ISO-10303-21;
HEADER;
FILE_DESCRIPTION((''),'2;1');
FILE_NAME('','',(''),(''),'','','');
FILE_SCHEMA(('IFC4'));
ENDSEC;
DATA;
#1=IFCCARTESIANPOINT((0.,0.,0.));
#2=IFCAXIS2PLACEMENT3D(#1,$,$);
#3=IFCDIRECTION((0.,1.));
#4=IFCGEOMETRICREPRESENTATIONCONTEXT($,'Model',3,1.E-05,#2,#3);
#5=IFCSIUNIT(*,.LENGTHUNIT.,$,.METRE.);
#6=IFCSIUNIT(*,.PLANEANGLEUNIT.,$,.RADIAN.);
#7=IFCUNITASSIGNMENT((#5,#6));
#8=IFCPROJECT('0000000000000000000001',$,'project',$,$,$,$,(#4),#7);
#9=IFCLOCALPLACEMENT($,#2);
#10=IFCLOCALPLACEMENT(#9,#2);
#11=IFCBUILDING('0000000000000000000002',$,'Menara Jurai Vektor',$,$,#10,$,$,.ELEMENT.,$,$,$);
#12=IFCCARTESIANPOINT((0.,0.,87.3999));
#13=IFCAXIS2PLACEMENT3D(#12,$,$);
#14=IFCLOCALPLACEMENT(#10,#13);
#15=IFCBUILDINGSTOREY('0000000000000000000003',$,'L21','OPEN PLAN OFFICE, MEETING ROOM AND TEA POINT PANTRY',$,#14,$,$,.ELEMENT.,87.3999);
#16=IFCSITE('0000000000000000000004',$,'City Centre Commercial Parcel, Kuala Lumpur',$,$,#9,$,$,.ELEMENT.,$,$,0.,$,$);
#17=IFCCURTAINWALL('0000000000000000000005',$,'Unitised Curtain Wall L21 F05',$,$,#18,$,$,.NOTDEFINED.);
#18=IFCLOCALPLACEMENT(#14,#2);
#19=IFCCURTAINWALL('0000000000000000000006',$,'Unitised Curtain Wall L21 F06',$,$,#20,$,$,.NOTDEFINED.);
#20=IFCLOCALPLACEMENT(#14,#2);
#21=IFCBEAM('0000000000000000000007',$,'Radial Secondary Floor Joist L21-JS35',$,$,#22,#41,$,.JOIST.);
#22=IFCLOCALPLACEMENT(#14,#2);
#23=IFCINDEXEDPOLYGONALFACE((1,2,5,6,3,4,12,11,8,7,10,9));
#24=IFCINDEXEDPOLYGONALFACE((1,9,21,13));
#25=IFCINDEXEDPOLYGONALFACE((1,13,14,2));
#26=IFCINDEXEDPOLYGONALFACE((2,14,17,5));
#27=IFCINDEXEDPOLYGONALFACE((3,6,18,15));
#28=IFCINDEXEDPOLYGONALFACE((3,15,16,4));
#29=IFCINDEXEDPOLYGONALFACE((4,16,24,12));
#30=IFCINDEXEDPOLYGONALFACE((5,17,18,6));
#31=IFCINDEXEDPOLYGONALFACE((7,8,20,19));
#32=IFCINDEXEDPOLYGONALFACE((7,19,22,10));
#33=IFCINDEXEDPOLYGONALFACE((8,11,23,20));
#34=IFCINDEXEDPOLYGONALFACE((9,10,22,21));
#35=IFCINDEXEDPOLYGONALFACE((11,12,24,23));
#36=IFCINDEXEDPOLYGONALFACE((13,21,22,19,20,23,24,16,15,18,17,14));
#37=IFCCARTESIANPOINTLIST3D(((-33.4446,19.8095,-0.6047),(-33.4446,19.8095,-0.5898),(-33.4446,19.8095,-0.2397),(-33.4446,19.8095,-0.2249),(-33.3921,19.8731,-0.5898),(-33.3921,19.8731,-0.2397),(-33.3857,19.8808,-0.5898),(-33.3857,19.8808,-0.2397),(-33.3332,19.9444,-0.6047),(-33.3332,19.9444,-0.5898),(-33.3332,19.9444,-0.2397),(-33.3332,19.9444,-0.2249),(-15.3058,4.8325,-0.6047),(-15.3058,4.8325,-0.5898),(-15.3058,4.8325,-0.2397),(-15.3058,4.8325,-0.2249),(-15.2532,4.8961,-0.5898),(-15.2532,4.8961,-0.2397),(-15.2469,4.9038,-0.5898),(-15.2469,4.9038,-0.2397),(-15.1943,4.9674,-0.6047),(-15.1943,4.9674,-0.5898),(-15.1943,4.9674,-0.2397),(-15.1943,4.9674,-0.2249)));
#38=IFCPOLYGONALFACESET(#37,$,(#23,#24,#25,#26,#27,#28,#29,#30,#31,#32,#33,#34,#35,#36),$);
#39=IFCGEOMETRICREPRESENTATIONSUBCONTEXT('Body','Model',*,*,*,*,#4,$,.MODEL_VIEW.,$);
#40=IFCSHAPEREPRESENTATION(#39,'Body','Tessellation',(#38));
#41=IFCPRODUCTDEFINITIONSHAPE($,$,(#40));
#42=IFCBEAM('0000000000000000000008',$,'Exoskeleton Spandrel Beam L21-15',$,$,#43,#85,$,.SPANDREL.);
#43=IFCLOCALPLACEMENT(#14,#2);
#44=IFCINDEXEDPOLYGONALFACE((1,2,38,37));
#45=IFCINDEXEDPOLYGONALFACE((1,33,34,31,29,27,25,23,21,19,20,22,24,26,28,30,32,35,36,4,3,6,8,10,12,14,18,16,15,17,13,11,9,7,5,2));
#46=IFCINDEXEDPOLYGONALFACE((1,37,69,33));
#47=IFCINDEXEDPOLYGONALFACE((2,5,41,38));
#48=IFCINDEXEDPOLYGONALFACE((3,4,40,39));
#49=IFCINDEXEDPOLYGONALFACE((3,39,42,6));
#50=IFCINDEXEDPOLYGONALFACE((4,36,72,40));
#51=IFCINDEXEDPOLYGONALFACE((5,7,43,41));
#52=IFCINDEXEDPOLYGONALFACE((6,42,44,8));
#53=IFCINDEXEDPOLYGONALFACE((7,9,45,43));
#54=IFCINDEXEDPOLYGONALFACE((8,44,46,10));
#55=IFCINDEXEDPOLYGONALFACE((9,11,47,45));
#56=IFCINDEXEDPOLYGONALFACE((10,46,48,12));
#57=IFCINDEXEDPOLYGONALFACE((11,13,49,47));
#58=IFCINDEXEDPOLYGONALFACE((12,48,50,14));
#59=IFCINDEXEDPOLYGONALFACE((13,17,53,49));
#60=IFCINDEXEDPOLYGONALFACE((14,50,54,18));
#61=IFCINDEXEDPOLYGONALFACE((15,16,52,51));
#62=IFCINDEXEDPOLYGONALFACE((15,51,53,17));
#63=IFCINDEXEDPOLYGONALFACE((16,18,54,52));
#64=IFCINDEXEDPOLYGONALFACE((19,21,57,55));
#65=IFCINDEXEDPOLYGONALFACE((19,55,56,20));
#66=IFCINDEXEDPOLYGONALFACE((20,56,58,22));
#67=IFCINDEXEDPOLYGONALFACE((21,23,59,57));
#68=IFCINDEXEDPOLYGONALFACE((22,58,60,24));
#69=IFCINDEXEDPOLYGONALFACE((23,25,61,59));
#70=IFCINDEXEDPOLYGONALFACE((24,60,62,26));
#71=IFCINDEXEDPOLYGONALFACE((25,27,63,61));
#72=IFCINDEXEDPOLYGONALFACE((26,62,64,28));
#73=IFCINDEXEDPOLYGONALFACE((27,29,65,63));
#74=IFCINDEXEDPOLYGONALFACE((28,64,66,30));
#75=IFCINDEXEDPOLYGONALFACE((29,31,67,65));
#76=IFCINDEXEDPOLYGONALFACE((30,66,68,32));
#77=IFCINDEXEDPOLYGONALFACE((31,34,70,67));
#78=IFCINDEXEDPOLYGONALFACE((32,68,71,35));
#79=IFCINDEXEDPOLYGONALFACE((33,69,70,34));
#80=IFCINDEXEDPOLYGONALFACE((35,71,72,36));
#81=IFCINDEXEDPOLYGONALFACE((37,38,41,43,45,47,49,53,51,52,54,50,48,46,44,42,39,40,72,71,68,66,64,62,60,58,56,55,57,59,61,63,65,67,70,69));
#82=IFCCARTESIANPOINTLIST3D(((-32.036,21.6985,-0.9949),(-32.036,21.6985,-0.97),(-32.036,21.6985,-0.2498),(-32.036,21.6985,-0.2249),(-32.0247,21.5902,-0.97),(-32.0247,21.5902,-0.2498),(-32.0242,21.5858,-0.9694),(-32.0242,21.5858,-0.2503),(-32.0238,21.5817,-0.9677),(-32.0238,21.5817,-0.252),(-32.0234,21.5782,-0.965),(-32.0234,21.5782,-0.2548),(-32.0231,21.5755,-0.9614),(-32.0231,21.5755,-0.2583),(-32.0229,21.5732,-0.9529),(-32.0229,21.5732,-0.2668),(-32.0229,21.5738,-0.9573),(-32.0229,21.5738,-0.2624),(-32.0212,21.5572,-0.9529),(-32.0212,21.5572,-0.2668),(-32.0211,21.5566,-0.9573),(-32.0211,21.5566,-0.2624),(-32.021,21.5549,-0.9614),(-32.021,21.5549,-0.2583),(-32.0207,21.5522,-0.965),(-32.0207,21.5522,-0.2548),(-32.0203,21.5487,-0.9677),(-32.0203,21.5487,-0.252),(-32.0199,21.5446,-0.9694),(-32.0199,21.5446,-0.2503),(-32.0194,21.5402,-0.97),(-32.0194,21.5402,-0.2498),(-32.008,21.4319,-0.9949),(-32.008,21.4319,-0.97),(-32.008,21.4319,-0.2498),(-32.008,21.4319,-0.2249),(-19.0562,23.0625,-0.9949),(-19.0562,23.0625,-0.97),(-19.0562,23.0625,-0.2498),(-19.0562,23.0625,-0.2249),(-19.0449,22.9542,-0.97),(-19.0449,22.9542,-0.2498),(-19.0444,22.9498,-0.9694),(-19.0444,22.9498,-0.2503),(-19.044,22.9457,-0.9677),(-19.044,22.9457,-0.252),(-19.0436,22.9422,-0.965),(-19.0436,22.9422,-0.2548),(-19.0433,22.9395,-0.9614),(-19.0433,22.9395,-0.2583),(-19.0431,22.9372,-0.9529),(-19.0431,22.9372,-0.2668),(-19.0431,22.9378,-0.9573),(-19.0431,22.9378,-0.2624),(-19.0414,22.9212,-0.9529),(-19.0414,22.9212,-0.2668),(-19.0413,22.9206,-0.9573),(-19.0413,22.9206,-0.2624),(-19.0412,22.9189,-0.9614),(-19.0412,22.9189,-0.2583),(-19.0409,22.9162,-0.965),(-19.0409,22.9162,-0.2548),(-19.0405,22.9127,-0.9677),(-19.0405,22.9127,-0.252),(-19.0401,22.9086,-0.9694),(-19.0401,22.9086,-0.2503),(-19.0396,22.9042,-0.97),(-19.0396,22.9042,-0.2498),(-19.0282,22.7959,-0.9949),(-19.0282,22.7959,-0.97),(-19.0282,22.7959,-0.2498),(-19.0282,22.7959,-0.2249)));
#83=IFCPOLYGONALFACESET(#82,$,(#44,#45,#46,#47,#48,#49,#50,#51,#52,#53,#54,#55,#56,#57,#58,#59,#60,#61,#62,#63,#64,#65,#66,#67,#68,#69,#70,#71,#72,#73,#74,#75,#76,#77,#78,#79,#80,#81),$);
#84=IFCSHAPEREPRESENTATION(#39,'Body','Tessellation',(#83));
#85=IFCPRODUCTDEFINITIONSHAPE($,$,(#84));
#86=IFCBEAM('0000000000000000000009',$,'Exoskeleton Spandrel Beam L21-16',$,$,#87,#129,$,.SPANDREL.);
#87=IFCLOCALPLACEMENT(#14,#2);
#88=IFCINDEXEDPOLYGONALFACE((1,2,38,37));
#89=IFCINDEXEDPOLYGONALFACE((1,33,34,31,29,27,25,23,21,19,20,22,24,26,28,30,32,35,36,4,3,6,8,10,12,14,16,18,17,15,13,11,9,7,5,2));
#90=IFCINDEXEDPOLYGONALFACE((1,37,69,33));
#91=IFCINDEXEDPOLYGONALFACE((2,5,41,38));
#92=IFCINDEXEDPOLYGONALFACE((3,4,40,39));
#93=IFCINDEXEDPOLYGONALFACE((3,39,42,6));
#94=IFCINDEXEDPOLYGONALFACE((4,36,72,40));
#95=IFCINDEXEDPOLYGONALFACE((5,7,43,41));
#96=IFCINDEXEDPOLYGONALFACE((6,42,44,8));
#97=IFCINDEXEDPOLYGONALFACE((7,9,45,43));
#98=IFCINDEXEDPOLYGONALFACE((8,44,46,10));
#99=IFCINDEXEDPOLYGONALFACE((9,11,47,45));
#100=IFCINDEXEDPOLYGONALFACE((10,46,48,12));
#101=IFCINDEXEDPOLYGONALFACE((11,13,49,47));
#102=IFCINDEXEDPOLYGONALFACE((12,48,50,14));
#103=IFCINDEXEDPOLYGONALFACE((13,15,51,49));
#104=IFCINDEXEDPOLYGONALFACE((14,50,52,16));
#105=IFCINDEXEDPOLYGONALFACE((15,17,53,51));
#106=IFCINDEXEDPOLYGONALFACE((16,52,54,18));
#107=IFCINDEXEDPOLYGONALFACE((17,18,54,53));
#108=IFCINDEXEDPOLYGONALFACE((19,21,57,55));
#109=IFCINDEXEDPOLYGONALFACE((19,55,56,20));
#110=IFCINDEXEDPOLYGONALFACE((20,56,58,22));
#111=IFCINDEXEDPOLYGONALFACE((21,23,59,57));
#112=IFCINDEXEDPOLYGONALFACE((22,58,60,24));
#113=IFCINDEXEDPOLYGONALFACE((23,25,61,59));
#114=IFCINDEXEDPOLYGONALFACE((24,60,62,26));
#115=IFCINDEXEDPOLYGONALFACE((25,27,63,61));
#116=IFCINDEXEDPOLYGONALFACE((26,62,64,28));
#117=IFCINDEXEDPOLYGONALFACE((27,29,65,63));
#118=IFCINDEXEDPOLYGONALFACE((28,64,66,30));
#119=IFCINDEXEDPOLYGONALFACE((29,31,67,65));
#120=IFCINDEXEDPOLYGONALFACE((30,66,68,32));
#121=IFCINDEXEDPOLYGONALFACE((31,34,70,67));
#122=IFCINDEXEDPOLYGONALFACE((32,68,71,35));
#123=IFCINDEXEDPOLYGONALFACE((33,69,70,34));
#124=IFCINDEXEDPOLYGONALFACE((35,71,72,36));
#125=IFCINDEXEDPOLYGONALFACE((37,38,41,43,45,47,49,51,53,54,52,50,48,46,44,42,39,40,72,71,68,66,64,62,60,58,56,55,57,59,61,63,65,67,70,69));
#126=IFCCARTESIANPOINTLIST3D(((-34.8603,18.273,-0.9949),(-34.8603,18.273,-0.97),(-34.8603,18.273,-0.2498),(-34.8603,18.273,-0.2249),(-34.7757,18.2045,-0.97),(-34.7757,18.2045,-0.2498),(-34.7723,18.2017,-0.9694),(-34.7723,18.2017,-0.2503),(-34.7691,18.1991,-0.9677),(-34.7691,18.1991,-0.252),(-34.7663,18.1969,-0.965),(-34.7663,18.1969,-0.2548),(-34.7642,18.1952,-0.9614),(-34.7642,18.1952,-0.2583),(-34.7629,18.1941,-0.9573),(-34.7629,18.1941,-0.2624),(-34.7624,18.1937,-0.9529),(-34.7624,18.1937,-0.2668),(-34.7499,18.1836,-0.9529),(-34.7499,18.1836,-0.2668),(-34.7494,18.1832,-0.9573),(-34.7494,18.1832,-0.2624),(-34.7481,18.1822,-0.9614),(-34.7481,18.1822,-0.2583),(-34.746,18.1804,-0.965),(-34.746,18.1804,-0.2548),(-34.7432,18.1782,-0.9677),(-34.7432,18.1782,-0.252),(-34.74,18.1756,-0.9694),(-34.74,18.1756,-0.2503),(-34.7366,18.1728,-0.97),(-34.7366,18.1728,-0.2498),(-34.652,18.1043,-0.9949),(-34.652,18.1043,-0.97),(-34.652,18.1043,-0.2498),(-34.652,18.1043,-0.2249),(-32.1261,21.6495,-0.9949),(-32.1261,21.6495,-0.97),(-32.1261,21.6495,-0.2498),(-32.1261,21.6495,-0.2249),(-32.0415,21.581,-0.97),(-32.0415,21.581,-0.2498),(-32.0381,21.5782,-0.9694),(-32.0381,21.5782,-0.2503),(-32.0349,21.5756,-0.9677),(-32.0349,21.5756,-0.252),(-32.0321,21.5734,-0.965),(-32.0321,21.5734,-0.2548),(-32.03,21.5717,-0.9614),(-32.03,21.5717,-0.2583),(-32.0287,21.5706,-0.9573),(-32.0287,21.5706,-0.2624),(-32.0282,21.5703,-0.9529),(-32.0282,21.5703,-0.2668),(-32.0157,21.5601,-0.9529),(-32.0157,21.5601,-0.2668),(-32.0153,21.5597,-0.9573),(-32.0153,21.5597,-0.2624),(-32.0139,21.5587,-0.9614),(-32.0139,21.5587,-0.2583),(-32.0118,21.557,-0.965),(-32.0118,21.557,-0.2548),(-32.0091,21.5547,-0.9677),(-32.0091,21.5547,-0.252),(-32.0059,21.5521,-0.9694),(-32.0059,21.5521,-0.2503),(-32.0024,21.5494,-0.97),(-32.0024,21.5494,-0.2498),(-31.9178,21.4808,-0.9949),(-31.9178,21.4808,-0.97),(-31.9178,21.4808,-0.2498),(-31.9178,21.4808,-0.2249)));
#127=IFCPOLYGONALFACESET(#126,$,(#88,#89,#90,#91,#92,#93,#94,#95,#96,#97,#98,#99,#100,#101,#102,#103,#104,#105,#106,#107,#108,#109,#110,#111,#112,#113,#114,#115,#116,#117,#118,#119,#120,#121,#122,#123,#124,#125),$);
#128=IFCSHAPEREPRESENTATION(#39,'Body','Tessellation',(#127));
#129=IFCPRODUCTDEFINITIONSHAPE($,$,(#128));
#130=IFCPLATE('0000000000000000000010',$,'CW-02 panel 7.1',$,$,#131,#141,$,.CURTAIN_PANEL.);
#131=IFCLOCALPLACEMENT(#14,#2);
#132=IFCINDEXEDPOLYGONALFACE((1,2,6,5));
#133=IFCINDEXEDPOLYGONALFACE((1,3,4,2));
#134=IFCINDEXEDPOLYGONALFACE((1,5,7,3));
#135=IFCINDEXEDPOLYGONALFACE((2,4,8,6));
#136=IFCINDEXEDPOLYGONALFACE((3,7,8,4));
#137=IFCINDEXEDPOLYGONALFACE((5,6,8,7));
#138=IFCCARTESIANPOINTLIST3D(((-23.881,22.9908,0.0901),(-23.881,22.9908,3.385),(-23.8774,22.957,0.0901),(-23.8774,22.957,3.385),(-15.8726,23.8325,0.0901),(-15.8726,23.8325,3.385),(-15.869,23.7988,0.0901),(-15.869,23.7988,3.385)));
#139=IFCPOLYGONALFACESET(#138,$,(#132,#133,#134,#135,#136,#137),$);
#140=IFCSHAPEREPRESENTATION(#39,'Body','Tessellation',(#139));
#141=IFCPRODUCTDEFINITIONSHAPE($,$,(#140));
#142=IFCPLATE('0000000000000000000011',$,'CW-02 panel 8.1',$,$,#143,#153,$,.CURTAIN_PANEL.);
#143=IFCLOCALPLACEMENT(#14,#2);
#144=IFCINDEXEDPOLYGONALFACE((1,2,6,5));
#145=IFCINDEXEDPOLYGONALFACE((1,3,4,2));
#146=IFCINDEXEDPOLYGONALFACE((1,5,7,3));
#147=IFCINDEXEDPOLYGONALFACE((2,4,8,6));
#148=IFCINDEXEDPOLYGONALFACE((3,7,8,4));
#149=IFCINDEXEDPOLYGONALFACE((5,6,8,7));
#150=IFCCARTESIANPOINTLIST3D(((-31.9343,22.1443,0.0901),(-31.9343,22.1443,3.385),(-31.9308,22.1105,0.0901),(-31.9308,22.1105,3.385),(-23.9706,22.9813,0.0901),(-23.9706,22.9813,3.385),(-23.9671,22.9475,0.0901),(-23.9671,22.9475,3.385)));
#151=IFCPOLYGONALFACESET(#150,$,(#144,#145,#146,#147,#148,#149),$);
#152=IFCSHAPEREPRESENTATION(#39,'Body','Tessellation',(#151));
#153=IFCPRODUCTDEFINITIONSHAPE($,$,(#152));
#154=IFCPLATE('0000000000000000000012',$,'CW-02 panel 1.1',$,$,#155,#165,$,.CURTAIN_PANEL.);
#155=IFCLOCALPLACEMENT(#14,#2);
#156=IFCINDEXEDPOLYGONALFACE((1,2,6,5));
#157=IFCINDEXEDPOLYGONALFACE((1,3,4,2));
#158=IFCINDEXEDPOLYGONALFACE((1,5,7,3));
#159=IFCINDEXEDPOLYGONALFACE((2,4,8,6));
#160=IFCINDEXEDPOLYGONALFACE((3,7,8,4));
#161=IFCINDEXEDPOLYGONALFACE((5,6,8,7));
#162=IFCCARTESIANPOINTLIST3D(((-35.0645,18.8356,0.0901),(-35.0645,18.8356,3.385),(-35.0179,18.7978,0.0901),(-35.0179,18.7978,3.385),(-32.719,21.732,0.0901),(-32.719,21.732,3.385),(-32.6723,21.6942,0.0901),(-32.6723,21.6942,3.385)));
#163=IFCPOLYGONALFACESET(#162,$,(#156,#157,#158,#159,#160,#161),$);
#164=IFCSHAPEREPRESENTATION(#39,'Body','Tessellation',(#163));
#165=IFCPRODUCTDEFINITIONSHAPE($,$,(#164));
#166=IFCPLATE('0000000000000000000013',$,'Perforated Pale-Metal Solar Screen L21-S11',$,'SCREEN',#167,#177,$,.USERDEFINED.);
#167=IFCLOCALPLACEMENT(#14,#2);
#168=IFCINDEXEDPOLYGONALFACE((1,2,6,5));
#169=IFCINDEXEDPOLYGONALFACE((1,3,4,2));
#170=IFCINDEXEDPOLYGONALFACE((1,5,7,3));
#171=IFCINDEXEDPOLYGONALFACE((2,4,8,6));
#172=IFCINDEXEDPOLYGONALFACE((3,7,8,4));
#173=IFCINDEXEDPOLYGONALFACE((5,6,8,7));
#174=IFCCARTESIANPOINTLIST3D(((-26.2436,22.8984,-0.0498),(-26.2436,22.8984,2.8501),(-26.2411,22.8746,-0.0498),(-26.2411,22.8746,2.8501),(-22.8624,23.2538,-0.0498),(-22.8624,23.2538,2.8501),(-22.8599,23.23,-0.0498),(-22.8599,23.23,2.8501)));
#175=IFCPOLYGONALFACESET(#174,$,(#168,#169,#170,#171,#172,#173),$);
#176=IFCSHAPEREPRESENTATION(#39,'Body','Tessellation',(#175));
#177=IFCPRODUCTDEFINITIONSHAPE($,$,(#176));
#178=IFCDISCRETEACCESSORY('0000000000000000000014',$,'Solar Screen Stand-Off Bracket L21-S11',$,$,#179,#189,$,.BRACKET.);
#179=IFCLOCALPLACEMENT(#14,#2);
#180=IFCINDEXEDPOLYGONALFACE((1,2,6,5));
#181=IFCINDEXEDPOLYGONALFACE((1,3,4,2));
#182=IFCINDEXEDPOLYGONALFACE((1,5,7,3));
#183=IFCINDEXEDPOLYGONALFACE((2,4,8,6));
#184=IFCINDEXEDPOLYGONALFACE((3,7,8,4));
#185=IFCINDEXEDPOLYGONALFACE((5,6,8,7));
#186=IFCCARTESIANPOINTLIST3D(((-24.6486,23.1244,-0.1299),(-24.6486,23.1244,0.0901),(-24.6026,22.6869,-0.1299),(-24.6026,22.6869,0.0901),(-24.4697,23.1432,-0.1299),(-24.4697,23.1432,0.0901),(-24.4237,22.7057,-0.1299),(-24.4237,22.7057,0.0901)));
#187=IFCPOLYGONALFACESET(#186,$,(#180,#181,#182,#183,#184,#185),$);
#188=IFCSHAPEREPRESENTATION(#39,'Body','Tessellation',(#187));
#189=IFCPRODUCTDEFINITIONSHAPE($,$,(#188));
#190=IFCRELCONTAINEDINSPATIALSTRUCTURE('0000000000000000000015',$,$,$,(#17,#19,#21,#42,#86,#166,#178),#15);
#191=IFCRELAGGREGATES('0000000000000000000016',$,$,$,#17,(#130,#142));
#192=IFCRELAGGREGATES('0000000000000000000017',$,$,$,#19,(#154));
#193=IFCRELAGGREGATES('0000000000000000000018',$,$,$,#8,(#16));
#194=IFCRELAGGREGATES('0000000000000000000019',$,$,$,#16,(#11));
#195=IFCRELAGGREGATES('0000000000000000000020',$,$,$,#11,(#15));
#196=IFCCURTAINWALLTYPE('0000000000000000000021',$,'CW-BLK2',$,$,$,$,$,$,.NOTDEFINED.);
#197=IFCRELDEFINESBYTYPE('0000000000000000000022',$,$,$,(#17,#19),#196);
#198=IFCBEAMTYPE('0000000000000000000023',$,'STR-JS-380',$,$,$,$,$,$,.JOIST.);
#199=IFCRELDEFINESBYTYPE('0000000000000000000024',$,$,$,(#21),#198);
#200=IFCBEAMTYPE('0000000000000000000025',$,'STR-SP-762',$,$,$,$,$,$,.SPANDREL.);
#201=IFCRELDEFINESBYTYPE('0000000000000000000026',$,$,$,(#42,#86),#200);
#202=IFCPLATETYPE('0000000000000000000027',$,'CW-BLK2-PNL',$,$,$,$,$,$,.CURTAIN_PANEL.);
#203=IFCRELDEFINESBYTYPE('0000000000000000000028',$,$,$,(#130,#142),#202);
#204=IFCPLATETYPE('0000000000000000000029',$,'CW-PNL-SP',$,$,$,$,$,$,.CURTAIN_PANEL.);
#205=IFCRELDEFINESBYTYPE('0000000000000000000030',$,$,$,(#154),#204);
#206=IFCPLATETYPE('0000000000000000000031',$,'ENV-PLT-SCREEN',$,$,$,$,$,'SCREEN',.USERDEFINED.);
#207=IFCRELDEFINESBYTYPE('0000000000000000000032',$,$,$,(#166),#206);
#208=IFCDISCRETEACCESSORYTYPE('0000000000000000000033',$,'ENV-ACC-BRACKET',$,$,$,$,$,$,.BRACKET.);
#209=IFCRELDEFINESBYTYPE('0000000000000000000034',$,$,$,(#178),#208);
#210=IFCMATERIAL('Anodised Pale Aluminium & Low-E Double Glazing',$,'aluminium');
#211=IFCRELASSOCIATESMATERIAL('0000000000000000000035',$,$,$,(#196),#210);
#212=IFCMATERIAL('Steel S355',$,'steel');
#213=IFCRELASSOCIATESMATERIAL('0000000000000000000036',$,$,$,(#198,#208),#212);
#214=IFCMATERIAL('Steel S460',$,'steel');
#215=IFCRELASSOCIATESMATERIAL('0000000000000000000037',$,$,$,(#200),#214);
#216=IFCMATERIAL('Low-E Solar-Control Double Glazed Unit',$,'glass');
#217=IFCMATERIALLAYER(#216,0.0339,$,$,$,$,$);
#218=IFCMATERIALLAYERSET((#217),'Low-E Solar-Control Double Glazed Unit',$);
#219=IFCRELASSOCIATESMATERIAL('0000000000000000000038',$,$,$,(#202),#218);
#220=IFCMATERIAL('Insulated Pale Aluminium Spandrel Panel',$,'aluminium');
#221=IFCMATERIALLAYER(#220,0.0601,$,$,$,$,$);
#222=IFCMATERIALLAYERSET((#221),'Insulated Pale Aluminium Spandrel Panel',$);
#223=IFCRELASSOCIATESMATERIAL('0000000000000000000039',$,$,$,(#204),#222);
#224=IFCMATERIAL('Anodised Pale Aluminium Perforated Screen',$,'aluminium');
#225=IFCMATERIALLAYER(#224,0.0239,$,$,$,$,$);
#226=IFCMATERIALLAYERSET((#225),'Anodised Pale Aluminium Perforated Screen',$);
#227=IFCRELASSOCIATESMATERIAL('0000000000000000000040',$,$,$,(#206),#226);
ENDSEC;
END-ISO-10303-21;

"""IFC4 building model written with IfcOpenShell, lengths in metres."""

from ifc_helpers import new_model, si_unit, direction, frame, origin, origin_2d, place, context, subcontext, project, spatial, rectangle, i_section, extrude, material, layer, layer_set, material_profile, profile_set, type_object, element, aggregate, save


model = new_model("IFC4")

# Units and contexts
model_context = context("Model", 3, precision=1e-05, world=origin(), true_north=direction((0.0, 1.0)))
body_context = subcontext(model_context, "Body", "Model", "MODEL_VIEW")
ifc_project = project(units=[si_unit("LENGTHUNIT", "METRE"), si_unit("PLANEANGLEUNIT", "RADIAN")], contexts=[model_context])

# Site, building, storey
site_placement = place(None, origin())
site = spatial("IfcSite", under=ifc_project, at=site_placement, Name="City Centre Commercial Parcel, Kuala Lumpur", CompositionType="ELEMENT", RefElevation=0.0)
building_placement = place(site_placement, origin())
building = spatial("IfcBuilding", under=site, at=building_placement, Name="Menara Jurai Vektor", CompositionType="ELEMENT")
storey_placement = place(building_placement, frame((0.0, 0.0, 87.3999)))
storey = spatial("IfcBuildingStorey", under=building, at=storey_placement, Name="L21", Description="OPEN PLAN OFFICE, MEETING ROOM AND TEA POINT PANTRY", CompositionType="ELEMENT", Elevation=87.3999)

# Shared definitions
ifc_material_1 = material(Name="Steel S460", Category="steel")

# Curtain walls
ifc_material_2 = material(Name="Anodised Pale Aluminium & Low-E Double Glazing", Category="aluminium")
curtain_wall_type = type_object("IfcCurtainWallType", Name="CW-BLK2", PredefinedType="NOTDEFINED", material=ifc_material_2)
curtain_wall_1_placement = place(storey_placement, origin())
curtain_wall_1 = element("IfcCurtainWall", 1, at=curtain_wall_1_placement, inside=storey, type_object=curtain_wall_type, Name="Unitised Curtain Wall L21 F05", PredefinedType="NOTDEFINED")
curtain_wall_2_placement = place(storey_placement, origin())
curtain_wall_2 = element("IfcCurtainWall", 2, at=curtain_wall_2_placement, inside=storey, type_object=curtain_wall_type, Name="Unitised Curtain Wall L21 F06", PredefinedType="NOTDEFINED")

# Shared definitions
ifc_material_3 = material(Name="Steel S355", Category="steel")

# Beams
ifc_material_profile_1 = material_profile(ifc_material_3, i_section(OverallWidth=0.175, OverallDepth=0.3799, WebThickness=0.01, FlangeThickness=0.0149, at=origin_2d()), Name="PG 380x175x58")
ifc_profile_set_1 = profile_set([ifc_material_profile_1], Name="Steel S355")
beam_type_1 = type_object("IfcBeamType", Name="STR-JS-380", PredefinedType="JOIST", material=ifc_profile_set_1)
beam_1_placement = place(storey_placement, frame((-33.3889, 19.877, -0.4148), z_axis=(0.771114, -0.636698, 0.0), x_axis=(0.636698, 0.771114, 0.0)))
element("IfcBeam", 3, at=beam_1_placement, inside=storey, type_object=beam_type_1, Name="Radial Secondary Floor Joist L21-JS35", PredefinedType="JOIST", context=body_context, shape_type="SweptSolid", body=[
    extrude(i_section(OverallWidth=0.175, OverallDepth=0.3799, WebThickness=0.01, FlangeThickness=0.0149, at=origin_2d()), origin(), (0.0, 0.0, 1.0), 23.5229),
])
ifc_material_profile_2 = material_profile(ifc_material_1, i_section(OverallWidth=0.2681, OverallDepth=0.77, WebThickness=0.0161, FlangeThickness=0.0249, FilletRadius=0.0171, at=origin_2d()), Name="UKB 762x267x197")
ifc_profile_set_2 = profile_set([ifc_material_profile_2], Name="Steel S460")
beam_type_2 = type_object("IfcBeamType", Name="STR-SP-762", PredefinedType="SPANDREL", material=ifc_profile_set_2)
beam_2_placement = place(storey_placement, frame((-19.0422, 22.9292, -0.6099), z_axis=(-0.994524, -0.104512, 0.0), x_axis=(0.104512, -0.994524, 0.0)))
element("IfcBeam", 4, at=beam_2_placement, inside=storey, type_object=beam_type_2, Name="Exoskeleton Spandrel Beam L21-15", PredefinedType="SPANDREL", context=body_context, shape_type="SweptSolid", body=[
    extrude(i_section(OverallWidth=0.2681, OverallDepth=0.77, WebThickness=0.0161, FlangeThickness=0.0249, FilletRadius=0.0171, at=origin_2d()), origin(), (0.0, 0.0, 1.0), 13.0513),
])
beam_3_placement = place(storey_placement, frame((-32.022, 21.5652, -0.6099), z_axis=(-0.62931, -0.777155, 0.0), x_axis=(0.777155, -0.62931, 0.0)))
element("IfcBeam", 5, at=beam_3_placement, inside=storey, type_object=beam_type_2, Name="Exoskeleton Spandrel Beam L21-16", PredefinedType="SPANDREL", context=body_context, shape_type="SweptSolid", body=[
    extrude(i_section(OverallWidth=0.2681, OverallDepth=0.77, WebThickness=0.0161, FlangeThickness=0.0249, FilletRadius=0.0171, at=origin_2d()), origin(), (0.0, 0.0, 1.0), 4.3447),
])

# Plates
ifc_material_4 = material(Name="Low-E Solar-Control Double Glazed Unit", Category="glass")
ifc_layer_1 = layer(ifc_material_4, 0.0339)
ifc_layer_set_1 = layer_set([ifc_layer_1], Name="Low-E Solar-Control Double Glazed Unit")
plate_type_1 = type_object("IfcPlateType", Name="CW-BLK2-PNL", PredefinedType="CURTAIN_PANEL", material=ifc_layer_set_1)
plate_1_placement = place(storey_placement, frame((-19.875, 23.3948, 0.0901), z_axis=(0.0, 0.0, 1.0), x_axis=(-0.994522, -0.104529, 0.0)))
plate_1 = element("IfcPlate", 6, at=plate_1_placement, type_object=plate_type_1, Name="CW-02 panel 7.1", PredefinedType="CURTAIN_PANEL", context=body_context, shape_type="SweptSolid", body=[
    extrude(rectangle(XDim=8.0525, YDim=0.0339, at=origin_2d()), origin(), (0.0, 0.0, 1.0), 3.2949),
])
plate_2_placement = place(storey_placement, frame((-27.9507, 22.5459, 0.0901), z_axis=(0.0, 0.0, 1.0), x_axis=(-0.994522, -0.104529, 0.0)))
plate_2 = element("IfcPlate", 7, at=plate_2_placement, type_object=plate_type_1, Name="CW-02 panel 8.1", PredefinedType="CURTAIN_PANEL", context=body_context, shape_type="SweptSolid", body=[
    extrude(rectangle(XDim=8.0076, YDim=0.0339, at=origin_2d()), origin(), (0.0, 0.0, 1.0), 3.2949),
])
aggregate(curtain_wall_1, [plate_1, plate_2])
ifc_material_5 = material(Name="Insulated Pale Aluminium Spandrel Panel", Category="aluminium")
ifc_layer_2 = layer(ifc_material_5, 0.0601)
ifc_layer_set_2 = layer_set([ifc_layer_2], Name="Insulated Pale Aluminium Spandrel Panel")
plate_type_2 = type_object("IfcPlateType", Name="CW-PNL-SP", PredefinedType="CURTAIN_PANEL", material=ifc_layer_set_2)
plate_3_placement = place(storey_placement, frame((-33.8684, 20.2649, 0.0901), z_axis=(0.0, 0.0, 1.0), x_axis=(-0.629341, -0.777129, 0.0)))
plate_3 = element("IfcPlate", 8, at=plate_3_placement, type_object=plate_type_2, Name="CW-02 panel 1.1", PredefinedType="CURTAIN_PANEL", context=body_context, shape_type="SweptSolid", body=[
    extrude(rectangle(XDim=3.7271, YDim=0.0601, at=origin_2d()), origin(), (0.0, 0.0, 1.0), 3.2949),
])
aggregate(curtain_wall_2, [plate_3])
ifc_material_6 = material(Name="Anodised Pale Aluminium Perforated Screen", Category="aluminium")
ifc_layer_3 = layer(ifc_material_6, 0.0239)
ifc_layer_set_3 = layer_set([ifc_layer_3], Name="Anodised Pale Aluminium Perforated Screen")
plate_type_3 = type_object("IfcPlateType", Name="ENV-PLT-SCREEN", ElementType="SCREEN", PredefinedType="USERDEFINED", material=ifc_layer_set_3)
plate_4_placement = place(storey_placement, frame((-24.5518, 23.0642, -0.0498), z_axis=(0.0, 0.0, 1.0), x_axis=(-0.994522, -0.104528, 0.0)))
element("IfcPlate", 9, at=plate_4_placement, inside=storey, type_object=plate_type_3, Name="Perforated Pale-Metal Solar Screen L21-S11", ObjectType="SCREEN", PredefinedType="USERDEFINED", context=body_context, shape_type="SweptSolid", body=[
    extrude(rectangle(XDim=3.3999, YDim=0.0239, at=origin_2d()), origin(), (0.0, 0.0, 1.0), 2.8999),
])

# Discrete accessory
discrete_accessory_type = type_object("IfcDiscreteAccessoryType", Name="ENV-ACC-BRACKET", PredefinedType="BRACKET", material=ifc_material_3)
discrete_accessory_placement = place(storey_placement, frame((-24.5361, 22.915, -0.1299), z_axis=(0.0, 0.0, 1.0), x_axis=(-0.994522, -0.104528, 0.0)))
element("IfcDiscreteAccessory", 10, at=discrete_accessory_placement, inside=storey, type_object=discrete_accessory_type, Name="Solar Screen Stand-Off Bracket L21-S11", PredefinedType="BRACKET", context=body_context, shape_type="SweptSolid", body=[
    extrude(rectangle(XDim=0.1799, YDim=0.4399, at=origin_2d()), origin(), (0.0, 0.0, 1.0), 0.22),
])

save(model, "model.ifc")
